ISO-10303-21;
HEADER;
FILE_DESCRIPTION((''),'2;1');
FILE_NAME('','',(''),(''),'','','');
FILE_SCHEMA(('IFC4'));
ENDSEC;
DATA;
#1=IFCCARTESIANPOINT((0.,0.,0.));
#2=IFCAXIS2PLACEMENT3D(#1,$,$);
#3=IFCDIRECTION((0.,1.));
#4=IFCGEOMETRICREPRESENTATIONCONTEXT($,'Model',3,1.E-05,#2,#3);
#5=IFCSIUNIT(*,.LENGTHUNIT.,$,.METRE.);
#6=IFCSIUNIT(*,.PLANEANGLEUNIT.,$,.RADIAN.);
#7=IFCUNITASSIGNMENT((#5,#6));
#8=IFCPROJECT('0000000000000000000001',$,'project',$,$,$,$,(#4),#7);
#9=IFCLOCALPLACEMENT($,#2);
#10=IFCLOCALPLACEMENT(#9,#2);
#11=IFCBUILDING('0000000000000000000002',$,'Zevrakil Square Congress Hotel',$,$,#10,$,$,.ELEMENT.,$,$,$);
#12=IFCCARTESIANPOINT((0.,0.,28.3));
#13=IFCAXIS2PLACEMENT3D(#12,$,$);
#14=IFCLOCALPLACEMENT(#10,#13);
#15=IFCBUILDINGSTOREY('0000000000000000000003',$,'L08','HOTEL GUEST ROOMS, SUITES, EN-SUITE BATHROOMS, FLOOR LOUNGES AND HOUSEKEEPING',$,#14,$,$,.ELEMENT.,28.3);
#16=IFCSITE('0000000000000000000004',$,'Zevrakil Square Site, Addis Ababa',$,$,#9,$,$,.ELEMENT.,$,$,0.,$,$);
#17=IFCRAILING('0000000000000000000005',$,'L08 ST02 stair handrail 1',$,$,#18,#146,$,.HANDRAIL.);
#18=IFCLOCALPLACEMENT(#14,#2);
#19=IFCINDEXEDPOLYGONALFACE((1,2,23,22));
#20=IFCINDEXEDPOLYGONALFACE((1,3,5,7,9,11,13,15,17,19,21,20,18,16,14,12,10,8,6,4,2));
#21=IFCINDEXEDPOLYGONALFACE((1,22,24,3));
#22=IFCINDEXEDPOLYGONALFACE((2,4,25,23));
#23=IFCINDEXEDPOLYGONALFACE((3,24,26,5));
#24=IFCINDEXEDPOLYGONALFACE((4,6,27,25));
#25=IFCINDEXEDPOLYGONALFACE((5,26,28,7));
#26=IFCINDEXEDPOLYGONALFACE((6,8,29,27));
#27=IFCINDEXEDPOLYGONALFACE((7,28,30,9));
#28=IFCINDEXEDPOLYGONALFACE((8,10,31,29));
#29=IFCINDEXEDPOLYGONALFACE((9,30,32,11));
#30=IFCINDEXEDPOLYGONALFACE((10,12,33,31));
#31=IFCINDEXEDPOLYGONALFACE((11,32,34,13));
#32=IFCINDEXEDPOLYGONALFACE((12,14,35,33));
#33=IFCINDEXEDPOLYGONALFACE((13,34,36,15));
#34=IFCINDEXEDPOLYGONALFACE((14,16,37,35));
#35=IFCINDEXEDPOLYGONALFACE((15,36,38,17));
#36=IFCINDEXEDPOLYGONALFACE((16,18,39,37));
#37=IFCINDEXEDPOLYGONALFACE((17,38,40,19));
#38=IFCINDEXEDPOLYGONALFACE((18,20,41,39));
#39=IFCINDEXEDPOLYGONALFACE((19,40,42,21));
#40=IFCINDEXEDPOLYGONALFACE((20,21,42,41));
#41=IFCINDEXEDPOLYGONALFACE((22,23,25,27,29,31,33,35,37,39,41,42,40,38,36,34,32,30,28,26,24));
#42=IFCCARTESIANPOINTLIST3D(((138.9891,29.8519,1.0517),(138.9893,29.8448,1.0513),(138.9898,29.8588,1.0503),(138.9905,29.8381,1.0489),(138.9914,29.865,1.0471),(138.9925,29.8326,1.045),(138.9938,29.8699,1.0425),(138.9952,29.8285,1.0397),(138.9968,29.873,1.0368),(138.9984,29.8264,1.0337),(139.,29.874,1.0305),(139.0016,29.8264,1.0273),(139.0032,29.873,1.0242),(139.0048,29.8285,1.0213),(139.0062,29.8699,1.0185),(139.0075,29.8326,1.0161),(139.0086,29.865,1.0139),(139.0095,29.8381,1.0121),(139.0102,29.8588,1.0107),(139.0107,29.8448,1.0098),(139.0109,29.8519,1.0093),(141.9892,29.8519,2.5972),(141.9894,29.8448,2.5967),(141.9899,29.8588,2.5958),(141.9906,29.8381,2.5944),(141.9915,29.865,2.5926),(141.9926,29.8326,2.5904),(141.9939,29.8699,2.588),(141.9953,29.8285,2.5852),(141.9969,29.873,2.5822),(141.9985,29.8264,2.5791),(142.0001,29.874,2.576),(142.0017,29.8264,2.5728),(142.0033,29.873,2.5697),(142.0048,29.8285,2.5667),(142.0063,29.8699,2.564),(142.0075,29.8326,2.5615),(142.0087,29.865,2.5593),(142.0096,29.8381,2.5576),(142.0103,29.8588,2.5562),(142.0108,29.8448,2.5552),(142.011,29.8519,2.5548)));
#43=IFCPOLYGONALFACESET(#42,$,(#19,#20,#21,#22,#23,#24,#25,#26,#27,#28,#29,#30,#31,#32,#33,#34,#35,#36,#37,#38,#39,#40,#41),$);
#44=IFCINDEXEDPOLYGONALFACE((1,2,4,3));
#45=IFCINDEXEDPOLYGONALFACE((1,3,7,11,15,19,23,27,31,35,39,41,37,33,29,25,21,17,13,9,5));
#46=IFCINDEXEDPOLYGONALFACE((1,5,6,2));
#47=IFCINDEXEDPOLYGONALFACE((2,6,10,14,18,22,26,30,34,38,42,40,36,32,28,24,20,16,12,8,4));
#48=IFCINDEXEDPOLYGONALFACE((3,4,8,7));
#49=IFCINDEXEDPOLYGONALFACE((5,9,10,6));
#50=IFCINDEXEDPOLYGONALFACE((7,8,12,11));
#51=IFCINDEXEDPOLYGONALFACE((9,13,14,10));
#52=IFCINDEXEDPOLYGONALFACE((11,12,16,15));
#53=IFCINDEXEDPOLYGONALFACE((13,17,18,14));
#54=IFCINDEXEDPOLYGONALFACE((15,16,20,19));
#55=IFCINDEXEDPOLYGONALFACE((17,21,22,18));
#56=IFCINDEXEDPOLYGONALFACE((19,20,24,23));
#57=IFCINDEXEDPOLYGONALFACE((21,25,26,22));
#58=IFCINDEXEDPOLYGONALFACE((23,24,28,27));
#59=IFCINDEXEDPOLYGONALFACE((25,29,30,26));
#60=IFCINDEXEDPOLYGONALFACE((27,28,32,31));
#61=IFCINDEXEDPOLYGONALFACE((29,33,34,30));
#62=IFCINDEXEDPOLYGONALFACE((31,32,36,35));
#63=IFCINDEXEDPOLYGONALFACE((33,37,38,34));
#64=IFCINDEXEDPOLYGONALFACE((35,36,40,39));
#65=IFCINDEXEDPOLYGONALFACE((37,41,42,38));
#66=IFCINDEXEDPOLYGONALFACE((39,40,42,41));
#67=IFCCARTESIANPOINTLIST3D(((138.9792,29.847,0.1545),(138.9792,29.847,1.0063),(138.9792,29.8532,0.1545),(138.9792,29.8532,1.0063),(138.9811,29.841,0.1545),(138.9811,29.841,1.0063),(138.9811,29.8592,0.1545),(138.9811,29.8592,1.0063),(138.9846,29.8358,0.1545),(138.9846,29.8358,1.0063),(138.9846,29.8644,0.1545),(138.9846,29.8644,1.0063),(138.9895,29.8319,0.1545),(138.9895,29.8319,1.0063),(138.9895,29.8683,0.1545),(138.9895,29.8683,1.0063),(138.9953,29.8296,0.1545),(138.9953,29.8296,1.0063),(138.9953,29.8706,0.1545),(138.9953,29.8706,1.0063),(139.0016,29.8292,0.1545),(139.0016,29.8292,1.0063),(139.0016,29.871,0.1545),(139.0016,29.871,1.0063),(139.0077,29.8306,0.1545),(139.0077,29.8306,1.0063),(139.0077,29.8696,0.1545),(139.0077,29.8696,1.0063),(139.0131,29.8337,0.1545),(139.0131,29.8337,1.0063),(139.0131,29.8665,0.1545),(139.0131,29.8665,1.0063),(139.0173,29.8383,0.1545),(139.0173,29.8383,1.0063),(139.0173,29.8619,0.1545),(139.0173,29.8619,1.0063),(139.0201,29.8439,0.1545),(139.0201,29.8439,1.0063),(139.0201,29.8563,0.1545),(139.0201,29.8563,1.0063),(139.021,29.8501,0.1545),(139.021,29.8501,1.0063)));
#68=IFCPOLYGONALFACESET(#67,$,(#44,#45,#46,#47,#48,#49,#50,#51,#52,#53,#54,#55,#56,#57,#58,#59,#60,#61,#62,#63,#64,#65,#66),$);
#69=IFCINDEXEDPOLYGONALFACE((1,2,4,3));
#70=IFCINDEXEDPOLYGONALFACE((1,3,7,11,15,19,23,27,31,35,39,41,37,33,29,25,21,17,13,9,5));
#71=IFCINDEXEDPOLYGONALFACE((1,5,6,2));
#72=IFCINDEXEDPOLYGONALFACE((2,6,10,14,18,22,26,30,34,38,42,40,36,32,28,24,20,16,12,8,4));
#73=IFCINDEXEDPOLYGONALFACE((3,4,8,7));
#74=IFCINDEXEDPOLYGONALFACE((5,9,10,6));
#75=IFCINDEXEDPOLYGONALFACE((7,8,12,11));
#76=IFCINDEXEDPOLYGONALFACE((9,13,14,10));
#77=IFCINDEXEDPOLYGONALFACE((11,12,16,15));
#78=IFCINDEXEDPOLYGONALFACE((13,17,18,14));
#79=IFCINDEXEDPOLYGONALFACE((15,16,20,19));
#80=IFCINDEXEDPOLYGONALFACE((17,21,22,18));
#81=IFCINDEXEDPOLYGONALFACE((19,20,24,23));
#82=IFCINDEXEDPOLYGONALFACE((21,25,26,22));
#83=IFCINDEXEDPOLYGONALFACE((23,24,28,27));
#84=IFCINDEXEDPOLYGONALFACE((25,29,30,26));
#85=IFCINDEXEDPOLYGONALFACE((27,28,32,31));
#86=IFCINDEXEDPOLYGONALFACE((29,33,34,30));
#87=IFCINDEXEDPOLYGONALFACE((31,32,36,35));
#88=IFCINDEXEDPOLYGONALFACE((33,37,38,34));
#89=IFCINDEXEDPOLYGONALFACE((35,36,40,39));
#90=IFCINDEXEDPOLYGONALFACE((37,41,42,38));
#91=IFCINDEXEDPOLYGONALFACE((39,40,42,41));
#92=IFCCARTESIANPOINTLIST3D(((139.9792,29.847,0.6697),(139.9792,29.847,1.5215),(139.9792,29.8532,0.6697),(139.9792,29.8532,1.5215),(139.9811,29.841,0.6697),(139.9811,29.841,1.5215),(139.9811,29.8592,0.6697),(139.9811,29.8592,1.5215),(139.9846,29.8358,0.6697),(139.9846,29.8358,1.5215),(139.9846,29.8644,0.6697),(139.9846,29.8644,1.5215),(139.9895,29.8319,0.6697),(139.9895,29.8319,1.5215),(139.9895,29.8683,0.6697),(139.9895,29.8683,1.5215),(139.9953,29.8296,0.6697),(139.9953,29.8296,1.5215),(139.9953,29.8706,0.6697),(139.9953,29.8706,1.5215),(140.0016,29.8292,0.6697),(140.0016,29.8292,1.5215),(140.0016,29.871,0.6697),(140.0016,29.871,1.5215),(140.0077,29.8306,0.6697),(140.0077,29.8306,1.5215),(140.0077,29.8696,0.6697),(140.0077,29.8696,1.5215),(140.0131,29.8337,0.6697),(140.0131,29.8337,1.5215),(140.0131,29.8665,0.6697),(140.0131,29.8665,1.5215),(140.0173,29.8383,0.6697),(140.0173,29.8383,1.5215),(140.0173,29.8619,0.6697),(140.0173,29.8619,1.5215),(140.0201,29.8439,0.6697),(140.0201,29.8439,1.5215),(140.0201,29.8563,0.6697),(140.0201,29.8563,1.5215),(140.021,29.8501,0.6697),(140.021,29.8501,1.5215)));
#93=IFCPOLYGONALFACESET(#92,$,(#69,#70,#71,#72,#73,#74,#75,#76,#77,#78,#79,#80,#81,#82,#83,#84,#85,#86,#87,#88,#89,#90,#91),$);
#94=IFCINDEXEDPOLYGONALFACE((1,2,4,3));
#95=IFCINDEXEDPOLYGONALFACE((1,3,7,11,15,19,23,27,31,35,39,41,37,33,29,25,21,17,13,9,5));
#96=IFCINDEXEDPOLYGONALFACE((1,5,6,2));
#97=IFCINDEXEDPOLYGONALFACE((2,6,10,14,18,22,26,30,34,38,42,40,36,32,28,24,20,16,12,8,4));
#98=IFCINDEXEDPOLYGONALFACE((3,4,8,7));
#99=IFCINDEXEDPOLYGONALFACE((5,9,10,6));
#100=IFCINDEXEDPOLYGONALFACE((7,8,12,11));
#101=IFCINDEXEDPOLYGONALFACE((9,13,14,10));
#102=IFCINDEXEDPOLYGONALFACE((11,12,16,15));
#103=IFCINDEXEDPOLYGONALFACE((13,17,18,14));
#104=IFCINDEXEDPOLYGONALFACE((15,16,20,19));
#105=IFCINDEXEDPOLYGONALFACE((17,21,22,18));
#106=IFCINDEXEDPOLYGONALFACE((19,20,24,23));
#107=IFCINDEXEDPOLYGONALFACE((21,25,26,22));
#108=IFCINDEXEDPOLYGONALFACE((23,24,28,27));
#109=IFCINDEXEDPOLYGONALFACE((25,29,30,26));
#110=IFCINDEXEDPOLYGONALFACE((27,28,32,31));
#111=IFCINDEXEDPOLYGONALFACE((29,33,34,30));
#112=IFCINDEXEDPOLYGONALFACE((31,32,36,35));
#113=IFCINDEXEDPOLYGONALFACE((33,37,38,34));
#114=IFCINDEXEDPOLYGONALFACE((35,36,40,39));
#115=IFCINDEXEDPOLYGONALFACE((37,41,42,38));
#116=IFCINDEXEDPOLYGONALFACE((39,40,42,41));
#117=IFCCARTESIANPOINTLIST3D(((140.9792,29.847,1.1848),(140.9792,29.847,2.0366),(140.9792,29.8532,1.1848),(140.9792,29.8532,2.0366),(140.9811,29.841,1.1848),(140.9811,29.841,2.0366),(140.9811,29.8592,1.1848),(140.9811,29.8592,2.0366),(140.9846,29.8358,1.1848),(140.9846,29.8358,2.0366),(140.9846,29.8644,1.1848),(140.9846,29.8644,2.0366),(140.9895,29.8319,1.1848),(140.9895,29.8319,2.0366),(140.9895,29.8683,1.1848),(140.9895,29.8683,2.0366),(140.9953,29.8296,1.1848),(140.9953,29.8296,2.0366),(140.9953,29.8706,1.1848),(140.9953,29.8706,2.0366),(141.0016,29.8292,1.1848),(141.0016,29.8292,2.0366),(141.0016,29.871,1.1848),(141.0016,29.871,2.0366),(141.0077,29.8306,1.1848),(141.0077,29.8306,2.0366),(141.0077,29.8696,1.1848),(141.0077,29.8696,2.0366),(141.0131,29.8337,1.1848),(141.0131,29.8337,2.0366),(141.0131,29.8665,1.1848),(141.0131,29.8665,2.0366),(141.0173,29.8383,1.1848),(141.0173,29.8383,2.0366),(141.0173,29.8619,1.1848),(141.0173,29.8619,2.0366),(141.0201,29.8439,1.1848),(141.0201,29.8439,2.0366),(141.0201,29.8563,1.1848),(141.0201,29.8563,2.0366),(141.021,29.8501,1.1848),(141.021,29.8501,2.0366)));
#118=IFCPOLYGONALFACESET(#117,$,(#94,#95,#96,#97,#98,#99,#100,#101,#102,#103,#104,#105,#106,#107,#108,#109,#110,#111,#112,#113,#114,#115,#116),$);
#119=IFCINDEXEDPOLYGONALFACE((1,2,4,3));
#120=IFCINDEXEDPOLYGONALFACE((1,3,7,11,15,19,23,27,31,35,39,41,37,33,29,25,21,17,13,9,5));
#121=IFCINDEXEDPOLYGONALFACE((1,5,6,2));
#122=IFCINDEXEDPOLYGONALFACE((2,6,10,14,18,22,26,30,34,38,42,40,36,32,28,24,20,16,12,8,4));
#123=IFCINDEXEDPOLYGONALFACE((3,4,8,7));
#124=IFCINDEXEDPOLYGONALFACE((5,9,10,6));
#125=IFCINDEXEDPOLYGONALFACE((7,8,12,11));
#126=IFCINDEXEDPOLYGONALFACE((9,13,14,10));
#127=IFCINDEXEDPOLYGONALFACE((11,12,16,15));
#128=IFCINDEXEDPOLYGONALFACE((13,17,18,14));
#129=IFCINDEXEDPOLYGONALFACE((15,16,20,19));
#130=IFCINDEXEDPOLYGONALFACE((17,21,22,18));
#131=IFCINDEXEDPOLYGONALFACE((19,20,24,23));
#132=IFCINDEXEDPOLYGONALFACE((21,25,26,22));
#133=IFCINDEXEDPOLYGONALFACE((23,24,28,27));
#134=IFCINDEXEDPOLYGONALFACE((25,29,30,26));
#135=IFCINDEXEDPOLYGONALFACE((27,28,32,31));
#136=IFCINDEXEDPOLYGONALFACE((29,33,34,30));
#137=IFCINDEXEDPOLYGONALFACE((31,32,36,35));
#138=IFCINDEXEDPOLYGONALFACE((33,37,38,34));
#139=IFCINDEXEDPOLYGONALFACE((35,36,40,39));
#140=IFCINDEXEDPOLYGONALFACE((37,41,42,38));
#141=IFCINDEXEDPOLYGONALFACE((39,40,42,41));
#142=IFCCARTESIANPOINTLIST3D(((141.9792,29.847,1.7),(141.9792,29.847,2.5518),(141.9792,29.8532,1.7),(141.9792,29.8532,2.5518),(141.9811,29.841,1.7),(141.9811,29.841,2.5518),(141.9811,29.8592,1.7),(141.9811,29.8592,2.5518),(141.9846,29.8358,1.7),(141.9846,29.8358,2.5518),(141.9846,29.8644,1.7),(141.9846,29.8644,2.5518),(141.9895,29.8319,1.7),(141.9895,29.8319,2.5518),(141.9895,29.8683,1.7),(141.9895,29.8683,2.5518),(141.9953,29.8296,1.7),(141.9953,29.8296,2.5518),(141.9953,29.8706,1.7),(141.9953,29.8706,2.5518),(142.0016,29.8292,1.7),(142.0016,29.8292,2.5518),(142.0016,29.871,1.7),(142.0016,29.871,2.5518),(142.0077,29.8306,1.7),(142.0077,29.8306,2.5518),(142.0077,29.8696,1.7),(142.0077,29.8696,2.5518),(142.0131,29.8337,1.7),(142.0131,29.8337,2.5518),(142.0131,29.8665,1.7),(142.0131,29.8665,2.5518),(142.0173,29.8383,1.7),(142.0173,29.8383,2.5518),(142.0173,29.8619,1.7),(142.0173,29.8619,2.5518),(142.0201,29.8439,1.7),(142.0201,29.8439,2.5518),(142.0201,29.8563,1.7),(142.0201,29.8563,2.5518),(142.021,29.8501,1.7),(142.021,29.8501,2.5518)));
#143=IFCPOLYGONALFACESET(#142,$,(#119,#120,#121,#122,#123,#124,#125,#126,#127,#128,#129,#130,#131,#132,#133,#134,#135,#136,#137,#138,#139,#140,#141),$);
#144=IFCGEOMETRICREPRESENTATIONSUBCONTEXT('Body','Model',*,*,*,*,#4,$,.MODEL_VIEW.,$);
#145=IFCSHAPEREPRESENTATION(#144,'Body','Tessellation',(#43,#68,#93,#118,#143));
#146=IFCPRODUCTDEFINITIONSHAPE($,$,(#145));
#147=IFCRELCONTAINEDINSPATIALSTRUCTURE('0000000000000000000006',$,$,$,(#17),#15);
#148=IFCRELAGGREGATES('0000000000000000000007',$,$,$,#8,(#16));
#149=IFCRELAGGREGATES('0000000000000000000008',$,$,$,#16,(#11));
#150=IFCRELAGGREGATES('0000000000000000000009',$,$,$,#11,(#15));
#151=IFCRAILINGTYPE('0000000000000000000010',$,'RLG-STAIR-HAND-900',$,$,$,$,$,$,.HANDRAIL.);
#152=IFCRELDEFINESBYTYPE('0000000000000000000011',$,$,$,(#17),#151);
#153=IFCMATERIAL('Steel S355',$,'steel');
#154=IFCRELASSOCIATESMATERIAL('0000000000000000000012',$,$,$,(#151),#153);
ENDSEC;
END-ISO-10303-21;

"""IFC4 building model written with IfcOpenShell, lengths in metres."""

from ifc_helpers import new_model, si_unit, direction, frame, origin, origin_2d, place, context, subcontext, project, spatial, circle, extrude, material, type_object, element, save


model = new_model("IFC4")

# Units and contexts
model_context = context("Model", 3, precision=1e-05, world=origin(), true_north=direction((0.0, 1.0)))
body_context = subcontext(model_context, "Body", "Model", "MODEL_VIEW")
ifc_project = project(units=[si_unit("LENGTHUNIT", "METRE"), si_unit("PLANEANGLEUNIT", "RADIAN")], contexts=[model_context])

# Site, building, storey
site_placement = place(None, origin())
site = spatial("IfcSite", under=ifc_project, at=site_placement, Name="Zevrakil Square Site, Addis Ababa", CompositionType="ELEMENT", RefElevation=0.0)
building_placement = place(site_placement, origin())
building = spatial("IfcBuilding", under=site, at=building_placement, Name="Zevrakil Square Congress Hotel", CompositionType="ELEMENT")
storey_placement = place(building_placement, frame((0.0, 0.0, 28.3)))
storey = spatial("IfcBuildingStorey", under=building, at=storey_placement, Name="L08", Description="HOTEL GUEST ROOMS, SUITES, EN-SUITE BATHROOMS, FLOOR LOUNGES AND HOUSEKEEPING", CompositionType="ELEMENT", Elevation=28.3)

# Railing
ifc_material_1 = material(Name="Steel S355", Category="steel")
railing_type_1 = type_object("IfcRailingType", Name="RLG-STAIR-HAND-900", PredefinedType="HANDRAIL", material=ifc_material_1)
railing_1_placement = place(storey_placement, frame((139.0, 29.8501, 0.1545)))
element("IfcRailing", 1, at=railing_1_placement, inside=storey, type_object=railing_type_1, Name="L08 ST02 stair handrail 1", PredefinedType="HANDRAIL", context=body_context, shape_type="SweptSolid", body=[
    extrude(circle(Radius=0.0239, at=origin_2d()), frame((0.0, 0.0, 0.876), z_axis=(0.88898, 0.0, 0.457946), x_axis=(0.0, 1.0, 0.0)), (0.0, 0.0, 1.0), 3.3748),
    extrude(circle(Radius=0.021, at=origin_2d()), origin(), (0.0, 0.0, 1.0), 0.8518),
    extrude(circle(Radius=0.021, at=origin_2d()), frame((1.0, 0.0, 0.5151)), (0.0, 0.0, 1.0), 0.8518),
    extrude(circle(Radius=0.021, at=origin_2d()), frame((2.0, 0.0, 1.0303)), (0.0, 0.0, 1.0), 0.8518),
    extrude(circle(Radius=0.021, at=origin_2d()), frame((3.0, 0.0, 1.5454)), (0.0, 0.0, 1.0), 0.8518),
])

save(model, "model.ifc")
